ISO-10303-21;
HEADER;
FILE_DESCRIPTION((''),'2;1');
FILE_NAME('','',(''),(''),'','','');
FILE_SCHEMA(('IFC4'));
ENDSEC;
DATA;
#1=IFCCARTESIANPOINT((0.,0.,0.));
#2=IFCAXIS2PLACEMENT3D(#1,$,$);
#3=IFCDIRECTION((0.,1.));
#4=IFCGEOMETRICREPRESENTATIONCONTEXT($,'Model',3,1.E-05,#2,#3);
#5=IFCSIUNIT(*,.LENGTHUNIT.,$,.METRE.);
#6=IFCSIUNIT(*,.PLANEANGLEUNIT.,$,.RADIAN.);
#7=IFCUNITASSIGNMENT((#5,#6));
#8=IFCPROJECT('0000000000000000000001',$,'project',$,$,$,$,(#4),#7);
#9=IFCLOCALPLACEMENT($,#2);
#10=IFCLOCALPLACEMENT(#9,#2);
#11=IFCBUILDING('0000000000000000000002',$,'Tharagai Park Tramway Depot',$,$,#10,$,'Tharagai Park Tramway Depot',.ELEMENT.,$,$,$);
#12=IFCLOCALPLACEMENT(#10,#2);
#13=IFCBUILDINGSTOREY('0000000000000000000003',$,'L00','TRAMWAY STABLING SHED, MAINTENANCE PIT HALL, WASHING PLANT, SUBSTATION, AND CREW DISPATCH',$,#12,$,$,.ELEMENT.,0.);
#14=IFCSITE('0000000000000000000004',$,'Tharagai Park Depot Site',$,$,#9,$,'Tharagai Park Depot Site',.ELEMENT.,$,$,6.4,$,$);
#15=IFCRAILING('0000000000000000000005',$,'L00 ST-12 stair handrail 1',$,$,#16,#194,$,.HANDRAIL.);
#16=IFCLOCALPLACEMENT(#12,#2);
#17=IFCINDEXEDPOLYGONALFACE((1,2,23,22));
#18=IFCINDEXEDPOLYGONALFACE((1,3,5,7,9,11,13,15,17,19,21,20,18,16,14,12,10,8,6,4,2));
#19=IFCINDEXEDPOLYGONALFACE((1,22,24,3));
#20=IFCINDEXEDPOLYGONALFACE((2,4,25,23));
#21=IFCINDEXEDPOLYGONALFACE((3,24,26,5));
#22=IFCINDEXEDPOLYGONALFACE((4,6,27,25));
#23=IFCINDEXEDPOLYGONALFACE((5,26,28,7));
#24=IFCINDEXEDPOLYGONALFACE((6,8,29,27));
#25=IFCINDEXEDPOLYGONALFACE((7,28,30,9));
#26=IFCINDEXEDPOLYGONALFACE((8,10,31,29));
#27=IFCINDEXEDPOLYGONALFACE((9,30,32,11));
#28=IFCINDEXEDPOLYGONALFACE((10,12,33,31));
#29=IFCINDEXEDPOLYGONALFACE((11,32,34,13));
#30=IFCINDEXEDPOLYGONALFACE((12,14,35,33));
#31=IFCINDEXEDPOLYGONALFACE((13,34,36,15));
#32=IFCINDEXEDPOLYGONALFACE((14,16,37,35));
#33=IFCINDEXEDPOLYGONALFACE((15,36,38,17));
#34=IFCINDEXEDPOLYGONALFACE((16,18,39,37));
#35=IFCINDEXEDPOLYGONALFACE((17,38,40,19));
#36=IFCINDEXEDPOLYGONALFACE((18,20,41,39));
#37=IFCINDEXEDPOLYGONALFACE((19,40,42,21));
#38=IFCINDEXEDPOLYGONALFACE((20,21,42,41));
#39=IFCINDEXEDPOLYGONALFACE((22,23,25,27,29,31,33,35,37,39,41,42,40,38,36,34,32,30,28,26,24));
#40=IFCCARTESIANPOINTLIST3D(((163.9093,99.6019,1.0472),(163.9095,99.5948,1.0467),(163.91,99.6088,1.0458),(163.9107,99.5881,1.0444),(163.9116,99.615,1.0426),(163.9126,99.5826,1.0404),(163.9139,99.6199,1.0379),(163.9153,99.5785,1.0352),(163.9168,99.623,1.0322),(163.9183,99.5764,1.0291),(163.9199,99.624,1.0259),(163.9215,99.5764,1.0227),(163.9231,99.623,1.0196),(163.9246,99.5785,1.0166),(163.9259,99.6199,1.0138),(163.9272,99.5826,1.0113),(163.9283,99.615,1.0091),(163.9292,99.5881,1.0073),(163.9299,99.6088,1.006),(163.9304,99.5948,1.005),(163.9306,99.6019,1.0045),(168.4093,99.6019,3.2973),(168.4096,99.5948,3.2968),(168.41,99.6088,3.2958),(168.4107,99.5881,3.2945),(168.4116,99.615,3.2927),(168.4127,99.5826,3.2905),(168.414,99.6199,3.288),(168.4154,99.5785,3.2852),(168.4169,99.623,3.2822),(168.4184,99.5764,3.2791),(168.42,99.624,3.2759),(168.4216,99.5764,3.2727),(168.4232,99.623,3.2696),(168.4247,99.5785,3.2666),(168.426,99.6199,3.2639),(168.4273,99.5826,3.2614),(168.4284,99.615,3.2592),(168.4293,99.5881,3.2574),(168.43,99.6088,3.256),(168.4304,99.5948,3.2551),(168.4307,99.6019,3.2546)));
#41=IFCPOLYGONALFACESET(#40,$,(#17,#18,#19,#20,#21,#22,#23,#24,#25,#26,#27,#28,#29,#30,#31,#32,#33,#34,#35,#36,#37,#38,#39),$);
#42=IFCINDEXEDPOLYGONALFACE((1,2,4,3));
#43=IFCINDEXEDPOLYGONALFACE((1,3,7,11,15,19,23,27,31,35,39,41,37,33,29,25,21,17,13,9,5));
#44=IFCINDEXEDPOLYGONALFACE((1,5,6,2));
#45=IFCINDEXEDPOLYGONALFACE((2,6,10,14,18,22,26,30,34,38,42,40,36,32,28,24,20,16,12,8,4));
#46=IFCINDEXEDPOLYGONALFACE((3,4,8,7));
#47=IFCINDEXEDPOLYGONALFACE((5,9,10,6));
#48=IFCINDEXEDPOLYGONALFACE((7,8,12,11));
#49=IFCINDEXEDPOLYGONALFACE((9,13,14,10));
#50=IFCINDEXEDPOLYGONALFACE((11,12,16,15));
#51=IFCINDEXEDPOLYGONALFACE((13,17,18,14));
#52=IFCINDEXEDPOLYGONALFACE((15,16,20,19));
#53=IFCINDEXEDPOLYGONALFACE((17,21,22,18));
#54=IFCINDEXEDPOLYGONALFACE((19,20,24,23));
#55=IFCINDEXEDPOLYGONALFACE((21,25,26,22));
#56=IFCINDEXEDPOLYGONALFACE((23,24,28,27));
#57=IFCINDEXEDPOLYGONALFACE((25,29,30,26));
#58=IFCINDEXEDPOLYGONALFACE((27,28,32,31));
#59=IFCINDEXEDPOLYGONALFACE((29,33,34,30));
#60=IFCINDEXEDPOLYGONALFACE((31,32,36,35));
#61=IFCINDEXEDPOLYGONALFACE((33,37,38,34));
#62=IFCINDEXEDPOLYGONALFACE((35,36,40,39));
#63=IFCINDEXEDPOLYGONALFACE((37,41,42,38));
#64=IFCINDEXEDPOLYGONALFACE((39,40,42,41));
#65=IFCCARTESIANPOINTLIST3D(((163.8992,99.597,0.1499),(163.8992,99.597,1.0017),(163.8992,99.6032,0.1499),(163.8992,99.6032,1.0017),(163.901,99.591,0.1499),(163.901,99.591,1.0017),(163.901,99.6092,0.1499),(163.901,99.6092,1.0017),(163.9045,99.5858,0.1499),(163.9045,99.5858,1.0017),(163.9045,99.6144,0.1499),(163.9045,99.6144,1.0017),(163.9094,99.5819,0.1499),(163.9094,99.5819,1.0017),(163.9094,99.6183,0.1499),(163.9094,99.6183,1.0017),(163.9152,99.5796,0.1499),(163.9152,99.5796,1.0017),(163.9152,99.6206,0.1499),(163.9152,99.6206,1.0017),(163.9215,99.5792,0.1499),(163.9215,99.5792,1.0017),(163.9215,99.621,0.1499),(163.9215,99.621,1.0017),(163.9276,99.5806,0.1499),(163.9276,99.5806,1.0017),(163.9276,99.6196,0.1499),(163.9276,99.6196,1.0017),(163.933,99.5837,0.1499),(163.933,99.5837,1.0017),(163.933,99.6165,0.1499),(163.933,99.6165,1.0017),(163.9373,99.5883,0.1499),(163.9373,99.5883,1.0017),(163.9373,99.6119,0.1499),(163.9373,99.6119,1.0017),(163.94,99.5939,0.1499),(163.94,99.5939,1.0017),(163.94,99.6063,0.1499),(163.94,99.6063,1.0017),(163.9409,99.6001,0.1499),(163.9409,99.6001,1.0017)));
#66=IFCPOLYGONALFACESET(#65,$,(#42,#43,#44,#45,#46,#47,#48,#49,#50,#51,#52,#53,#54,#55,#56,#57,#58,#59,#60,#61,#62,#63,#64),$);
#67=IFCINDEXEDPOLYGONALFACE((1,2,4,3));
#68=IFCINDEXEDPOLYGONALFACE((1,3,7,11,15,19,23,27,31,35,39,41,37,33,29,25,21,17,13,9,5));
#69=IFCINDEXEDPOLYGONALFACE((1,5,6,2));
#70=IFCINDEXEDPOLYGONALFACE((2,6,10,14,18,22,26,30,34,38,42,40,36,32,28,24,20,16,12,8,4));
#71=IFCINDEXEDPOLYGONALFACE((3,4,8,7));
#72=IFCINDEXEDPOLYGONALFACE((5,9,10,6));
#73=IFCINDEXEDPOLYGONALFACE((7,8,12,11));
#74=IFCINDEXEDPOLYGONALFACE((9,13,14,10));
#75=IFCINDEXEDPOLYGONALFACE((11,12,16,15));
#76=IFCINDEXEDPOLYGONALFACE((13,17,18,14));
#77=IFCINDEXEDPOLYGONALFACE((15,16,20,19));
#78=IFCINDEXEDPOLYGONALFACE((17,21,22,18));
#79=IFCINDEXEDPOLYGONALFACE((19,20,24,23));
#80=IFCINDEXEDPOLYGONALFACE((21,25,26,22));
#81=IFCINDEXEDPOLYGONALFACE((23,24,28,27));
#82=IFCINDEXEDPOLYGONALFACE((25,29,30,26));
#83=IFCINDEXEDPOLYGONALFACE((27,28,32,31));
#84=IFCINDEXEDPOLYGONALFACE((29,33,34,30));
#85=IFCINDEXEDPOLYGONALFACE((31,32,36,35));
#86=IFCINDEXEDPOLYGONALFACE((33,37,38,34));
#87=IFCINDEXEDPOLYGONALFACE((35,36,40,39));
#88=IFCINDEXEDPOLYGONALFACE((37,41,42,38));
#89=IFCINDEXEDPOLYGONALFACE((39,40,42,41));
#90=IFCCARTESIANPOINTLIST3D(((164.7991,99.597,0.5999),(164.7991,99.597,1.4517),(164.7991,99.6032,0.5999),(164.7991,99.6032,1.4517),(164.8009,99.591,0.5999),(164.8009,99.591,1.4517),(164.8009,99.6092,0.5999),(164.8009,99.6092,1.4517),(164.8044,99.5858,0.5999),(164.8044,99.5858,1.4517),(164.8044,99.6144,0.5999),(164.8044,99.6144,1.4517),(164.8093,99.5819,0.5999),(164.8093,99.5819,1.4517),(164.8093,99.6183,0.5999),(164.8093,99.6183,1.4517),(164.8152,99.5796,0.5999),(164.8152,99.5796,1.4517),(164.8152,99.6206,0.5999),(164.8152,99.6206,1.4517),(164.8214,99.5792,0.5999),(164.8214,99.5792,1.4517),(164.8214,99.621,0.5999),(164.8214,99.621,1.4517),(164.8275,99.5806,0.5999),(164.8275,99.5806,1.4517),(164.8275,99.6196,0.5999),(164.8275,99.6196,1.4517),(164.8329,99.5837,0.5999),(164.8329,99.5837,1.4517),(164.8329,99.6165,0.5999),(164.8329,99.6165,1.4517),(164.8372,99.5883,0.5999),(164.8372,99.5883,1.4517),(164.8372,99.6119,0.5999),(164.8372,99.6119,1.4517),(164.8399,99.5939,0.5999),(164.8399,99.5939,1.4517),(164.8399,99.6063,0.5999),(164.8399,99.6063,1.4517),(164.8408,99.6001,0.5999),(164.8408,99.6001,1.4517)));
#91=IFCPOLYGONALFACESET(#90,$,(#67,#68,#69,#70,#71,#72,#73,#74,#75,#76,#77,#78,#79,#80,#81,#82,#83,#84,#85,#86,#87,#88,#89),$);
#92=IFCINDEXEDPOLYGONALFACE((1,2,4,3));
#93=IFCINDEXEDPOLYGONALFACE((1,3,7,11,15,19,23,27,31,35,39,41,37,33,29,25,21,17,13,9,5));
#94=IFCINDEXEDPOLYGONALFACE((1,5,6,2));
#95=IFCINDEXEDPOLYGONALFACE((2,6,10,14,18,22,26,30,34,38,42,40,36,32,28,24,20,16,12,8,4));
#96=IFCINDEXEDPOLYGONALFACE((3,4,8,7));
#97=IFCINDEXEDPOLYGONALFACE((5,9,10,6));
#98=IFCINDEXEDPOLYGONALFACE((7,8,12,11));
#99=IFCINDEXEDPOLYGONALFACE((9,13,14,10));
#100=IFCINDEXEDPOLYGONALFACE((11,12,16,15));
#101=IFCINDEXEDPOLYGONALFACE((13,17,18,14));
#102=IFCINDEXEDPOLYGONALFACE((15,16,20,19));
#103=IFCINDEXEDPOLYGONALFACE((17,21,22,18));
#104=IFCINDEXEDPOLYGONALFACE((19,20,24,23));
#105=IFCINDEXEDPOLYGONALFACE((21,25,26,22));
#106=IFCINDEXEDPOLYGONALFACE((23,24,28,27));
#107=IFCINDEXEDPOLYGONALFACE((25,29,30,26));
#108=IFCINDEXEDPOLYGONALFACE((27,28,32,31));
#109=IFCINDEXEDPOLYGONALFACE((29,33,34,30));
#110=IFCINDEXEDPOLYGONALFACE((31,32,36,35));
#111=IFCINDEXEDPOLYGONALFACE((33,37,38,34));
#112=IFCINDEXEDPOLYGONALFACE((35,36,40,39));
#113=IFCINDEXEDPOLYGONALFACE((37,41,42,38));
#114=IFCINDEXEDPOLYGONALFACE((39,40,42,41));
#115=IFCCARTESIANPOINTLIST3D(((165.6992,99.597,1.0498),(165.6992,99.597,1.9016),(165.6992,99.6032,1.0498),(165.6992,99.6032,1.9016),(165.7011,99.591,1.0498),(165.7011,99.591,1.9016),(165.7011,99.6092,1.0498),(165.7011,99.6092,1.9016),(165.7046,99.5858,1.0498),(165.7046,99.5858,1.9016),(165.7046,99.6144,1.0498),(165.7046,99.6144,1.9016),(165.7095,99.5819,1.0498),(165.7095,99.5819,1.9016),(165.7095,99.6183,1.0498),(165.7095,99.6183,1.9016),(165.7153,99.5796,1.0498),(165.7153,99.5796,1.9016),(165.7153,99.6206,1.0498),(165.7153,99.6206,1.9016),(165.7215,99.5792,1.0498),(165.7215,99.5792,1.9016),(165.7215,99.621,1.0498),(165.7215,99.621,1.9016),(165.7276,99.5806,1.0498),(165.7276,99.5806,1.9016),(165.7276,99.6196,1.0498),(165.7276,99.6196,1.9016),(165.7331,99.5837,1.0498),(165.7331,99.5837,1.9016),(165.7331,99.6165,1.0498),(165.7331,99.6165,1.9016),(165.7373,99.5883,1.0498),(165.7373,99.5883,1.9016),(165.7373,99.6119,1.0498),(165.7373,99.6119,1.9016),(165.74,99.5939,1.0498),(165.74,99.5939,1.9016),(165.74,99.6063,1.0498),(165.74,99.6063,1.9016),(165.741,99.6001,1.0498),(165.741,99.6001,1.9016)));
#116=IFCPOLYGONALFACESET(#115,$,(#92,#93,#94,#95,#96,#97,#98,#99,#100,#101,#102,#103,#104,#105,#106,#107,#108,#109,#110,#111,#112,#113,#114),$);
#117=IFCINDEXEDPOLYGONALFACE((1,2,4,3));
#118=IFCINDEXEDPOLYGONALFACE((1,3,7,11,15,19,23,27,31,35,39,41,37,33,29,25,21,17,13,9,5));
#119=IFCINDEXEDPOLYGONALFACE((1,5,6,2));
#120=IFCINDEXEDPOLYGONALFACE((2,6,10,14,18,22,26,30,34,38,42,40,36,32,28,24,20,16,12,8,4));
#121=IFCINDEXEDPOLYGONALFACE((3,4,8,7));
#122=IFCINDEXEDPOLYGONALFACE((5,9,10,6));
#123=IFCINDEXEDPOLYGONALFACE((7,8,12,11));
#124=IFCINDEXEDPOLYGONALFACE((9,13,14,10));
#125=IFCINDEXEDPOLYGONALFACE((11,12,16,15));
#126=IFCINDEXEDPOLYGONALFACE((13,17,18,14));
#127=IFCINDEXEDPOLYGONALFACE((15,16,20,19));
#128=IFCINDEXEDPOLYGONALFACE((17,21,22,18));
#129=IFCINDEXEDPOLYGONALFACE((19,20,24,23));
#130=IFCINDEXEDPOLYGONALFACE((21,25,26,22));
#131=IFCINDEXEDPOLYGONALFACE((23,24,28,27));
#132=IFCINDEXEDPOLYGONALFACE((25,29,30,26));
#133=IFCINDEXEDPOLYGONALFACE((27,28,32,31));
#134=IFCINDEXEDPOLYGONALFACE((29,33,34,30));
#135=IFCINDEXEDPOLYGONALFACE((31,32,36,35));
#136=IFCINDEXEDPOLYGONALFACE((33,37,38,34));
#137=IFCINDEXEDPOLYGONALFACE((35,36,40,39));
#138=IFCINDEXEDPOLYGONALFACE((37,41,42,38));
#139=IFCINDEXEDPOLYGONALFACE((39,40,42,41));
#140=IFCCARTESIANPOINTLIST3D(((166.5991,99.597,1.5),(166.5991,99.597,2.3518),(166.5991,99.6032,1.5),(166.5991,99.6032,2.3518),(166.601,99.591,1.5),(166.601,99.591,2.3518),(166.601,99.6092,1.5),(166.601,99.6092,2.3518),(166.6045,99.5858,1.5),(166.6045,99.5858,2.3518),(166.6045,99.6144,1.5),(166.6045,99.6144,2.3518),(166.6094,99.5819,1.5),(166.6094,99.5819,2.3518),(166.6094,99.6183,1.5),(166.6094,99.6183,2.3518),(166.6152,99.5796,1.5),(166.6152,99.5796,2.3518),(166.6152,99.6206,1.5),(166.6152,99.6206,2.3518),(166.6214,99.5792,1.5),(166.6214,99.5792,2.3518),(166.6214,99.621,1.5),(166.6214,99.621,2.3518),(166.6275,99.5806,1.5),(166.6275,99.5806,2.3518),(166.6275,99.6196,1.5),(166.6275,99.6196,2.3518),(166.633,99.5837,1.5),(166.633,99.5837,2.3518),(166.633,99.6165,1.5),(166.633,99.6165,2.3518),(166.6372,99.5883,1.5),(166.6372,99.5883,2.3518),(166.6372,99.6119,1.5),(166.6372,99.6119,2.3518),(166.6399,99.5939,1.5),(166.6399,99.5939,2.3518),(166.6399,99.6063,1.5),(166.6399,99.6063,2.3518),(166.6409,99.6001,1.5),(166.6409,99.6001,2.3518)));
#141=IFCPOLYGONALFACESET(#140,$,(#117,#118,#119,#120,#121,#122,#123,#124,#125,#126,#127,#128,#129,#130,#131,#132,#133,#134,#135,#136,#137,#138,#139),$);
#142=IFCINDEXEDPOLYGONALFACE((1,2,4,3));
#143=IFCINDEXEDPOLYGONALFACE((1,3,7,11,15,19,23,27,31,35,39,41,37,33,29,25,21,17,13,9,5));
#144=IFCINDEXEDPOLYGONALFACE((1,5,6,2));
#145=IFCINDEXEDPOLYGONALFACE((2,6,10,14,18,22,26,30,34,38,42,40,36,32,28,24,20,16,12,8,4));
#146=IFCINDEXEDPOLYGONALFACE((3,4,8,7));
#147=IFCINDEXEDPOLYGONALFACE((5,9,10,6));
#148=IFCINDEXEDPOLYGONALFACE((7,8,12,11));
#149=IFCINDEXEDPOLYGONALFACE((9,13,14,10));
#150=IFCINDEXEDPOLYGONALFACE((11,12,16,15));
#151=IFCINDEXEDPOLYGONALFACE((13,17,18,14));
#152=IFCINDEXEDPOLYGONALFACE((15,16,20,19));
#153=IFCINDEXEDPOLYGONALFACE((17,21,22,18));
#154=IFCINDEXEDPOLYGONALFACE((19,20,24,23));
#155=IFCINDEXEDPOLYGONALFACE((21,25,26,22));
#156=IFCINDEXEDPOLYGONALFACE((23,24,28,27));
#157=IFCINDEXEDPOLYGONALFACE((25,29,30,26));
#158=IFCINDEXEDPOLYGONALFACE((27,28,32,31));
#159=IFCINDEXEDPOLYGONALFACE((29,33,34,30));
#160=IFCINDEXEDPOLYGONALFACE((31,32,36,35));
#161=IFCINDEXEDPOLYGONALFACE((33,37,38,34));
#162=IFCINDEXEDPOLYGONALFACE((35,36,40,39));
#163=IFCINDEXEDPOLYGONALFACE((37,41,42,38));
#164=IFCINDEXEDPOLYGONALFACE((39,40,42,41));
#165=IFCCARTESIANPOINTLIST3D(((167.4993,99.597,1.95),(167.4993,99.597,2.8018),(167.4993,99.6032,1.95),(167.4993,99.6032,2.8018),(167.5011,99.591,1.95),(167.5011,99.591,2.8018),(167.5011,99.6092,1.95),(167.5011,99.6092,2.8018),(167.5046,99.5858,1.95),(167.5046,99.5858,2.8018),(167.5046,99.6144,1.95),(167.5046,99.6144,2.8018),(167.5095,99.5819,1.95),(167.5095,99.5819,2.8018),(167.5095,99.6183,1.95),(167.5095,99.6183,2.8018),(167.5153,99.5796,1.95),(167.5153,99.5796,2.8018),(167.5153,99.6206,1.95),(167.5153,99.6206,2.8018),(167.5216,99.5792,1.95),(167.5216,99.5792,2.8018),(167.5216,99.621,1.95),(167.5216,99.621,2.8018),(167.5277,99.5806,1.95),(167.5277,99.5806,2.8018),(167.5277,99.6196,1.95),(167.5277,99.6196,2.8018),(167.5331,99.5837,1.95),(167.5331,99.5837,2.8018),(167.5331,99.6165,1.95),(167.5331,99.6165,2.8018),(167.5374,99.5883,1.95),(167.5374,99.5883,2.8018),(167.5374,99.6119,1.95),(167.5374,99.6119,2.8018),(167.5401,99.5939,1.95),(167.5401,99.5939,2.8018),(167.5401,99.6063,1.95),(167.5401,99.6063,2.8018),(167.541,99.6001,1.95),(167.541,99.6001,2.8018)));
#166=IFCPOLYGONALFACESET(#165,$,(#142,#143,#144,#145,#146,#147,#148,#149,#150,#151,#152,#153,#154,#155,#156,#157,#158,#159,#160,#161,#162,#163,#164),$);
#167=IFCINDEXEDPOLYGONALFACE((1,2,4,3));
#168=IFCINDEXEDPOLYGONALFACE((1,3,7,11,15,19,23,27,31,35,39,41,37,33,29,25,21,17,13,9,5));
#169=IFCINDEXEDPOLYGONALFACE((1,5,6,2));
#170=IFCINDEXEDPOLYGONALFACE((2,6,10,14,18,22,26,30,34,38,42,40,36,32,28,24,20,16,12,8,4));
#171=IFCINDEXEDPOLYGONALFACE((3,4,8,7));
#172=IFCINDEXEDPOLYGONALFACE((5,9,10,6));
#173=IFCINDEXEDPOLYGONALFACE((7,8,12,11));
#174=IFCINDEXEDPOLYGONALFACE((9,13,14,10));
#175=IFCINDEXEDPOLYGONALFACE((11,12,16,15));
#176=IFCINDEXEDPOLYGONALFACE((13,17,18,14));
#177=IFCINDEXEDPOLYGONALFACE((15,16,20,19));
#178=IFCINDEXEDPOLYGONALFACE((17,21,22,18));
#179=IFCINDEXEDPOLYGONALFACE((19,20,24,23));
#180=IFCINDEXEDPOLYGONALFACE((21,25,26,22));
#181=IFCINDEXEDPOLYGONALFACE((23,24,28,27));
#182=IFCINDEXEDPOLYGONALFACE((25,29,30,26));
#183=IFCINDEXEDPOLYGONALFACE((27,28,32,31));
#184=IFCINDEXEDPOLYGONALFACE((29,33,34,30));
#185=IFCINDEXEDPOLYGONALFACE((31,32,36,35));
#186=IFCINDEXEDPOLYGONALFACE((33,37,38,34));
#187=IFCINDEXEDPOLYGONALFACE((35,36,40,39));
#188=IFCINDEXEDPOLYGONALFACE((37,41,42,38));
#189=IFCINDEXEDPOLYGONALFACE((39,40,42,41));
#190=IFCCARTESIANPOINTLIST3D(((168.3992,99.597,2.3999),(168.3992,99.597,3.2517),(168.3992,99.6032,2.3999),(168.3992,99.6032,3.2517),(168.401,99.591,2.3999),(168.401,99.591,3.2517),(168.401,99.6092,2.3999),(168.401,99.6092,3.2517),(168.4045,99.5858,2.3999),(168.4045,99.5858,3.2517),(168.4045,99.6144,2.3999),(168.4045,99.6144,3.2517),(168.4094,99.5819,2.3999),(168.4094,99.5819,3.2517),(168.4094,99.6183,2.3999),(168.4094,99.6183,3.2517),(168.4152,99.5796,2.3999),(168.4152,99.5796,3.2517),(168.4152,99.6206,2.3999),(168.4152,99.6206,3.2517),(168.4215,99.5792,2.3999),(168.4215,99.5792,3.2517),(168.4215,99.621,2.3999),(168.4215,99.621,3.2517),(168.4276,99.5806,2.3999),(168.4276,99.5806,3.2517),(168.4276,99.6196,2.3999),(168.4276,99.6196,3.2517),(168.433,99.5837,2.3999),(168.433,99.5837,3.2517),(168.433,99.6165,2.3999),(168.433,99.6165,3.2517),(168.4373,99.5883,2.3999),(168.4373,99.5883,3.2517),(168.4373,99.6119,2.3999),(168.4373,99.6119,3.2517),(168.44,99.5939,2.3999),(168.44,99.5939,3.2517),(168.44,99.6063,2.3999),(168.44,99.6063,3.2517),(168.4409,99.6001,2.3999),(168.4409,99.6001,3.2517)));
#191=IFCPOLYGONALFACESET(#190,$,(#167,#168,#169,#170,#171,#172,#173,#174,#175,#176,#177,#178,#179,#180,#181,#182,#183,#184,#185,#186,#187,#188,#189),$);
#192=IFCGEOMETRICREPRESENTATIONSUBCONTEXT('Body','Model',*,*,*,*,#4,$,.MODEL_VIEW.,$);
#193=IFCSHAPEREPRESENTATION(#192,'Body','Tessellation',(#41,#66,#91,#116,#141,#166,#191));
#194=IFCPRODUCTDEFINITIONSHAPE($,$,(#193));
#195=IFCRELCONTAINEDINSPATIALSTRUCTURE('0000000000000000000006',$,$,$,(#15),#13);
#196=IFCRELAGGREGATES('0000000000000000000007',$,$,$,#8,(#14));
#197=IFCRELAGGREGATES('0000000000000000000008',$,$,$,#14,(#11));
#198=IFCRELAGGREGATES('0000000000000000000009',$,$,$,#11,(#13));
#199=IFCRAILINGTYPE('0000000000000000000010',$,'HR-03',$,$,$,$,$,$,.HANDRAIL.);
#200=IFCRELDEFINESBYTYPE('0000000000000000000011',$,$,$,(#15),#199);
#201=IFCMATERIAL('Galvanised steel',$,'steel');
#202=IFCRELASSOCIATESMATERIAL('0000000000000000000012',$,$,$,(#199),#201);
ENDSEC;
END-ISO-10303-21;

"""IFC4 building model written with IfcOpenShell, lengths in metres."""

from ifc_helpers import new_model, si_unit, direction, frame, origin, origin_2d, place, context, subcontext, project, spatial, circle, extrude, material, type_object, element, save


model = new_model("IFC4")

# Units and contexts
model_context = context("Model", 3, precision=1e-05, world=origin(), true_north=direction((0.0, 1.0)))
body_context = subcontext(model_context, "Body", "Model", "MODEL_VIEW")
ifc_project = project(units=[si_unit("LENGTHUNIT", "METRE"), si_unit("PLANEANGLEUNIT", "RADIAN")], contexts=[model_context])

# Site, building, storey
site_placement = place(None, origin())
site = spatial("IfcSite", under=ifc_project, at=site_placement, Name="Tharagai Park Depot Site", LongName="Tharagai Park Depot Site", CompositionType="ELEMENT", RefElevation=6.4)
building_placement = place(site_placement, origin())
building = spatial("IfcBuilding", under=site, at=building_placement, Name="Tharagai Park Tramway Depot", LongName="Tharagai Park Tramway Depot", CompositionType="ELEMENT")
storey_placement = place(building_placement, origin())
storey = spatial("IfcBuildingStorey", under=building, at=storey_placement, Name="L00", Description="TRAMWAY STABLING SHED, MAINTENANCE PIT HALL, WASHING PLANT, SUBSTATION, AND CREW DISPATCH", CompositionType="ELEMENT", Elevation=0.0)

# Shared definitions
ifc_material_1 = material(Name="Galvanised steel", Category="steel")

# Railing
railing_type_1 = type_object("IfcRailingType", Name="HR-03", PredefinedType="HANDRAIL", material=ifc_material_1)
railing_1_placement = place(storey_placement, frame((163.9199, 99.6001, 0.1499)))
element("IfcRailing", 1, at=railing_1_placement, inside=storey, type_object=railing_type_1, Name="L00 ST-12 stair handrail 1", PredefinedType="HANDRAIL", context=body_context, shape_type="SweptSolid", body=[
    extrude(circle(Radius=0.0239, at=origin_2d()), frame((0.0, 0.0, 0.876), z_axis=(0.894427, 0.0, 0.447214), x_axis=(0.0, 1.0, 0.0)), (0.0, 0.0, 1.0), 5.0312),
    extrude(circle(Radius=0.021, at=origin_2d()), origin(), (0.0, 0.0, 1.0), 0.8518),
    extrude(circle(Radius=0.021, at=origin_2d()), frame((0.8999, 0.0, 0.45)), (0.0, 0.0, 1.0), 0.8518),
    extrude(circle(Radius=0.021, at=origin_2d()), frame((1.8, 0.0, 0.8999)), (0.0, 0.0, 1.0), 0.8518),
    extrude(circle(Radius=0.021, at=origin_2d()), frame((2.7, 0.0, 1.3501)), (0.0, 0.0, 1.0), 0.8518),
    extrude(circle(Radius=0.021, at=origin_2d()), frame((3.6001, 0.0, 1.8)), (0.0, 0.0, 1.0), 0.8518),
    extrude(circle(Radius=0.021, at=origin_2d()), frame((4.5, 0.0, 2.25)), (0.0, 0.0, 1.0), 0.8518),
])

save(model, "model.ifc")
